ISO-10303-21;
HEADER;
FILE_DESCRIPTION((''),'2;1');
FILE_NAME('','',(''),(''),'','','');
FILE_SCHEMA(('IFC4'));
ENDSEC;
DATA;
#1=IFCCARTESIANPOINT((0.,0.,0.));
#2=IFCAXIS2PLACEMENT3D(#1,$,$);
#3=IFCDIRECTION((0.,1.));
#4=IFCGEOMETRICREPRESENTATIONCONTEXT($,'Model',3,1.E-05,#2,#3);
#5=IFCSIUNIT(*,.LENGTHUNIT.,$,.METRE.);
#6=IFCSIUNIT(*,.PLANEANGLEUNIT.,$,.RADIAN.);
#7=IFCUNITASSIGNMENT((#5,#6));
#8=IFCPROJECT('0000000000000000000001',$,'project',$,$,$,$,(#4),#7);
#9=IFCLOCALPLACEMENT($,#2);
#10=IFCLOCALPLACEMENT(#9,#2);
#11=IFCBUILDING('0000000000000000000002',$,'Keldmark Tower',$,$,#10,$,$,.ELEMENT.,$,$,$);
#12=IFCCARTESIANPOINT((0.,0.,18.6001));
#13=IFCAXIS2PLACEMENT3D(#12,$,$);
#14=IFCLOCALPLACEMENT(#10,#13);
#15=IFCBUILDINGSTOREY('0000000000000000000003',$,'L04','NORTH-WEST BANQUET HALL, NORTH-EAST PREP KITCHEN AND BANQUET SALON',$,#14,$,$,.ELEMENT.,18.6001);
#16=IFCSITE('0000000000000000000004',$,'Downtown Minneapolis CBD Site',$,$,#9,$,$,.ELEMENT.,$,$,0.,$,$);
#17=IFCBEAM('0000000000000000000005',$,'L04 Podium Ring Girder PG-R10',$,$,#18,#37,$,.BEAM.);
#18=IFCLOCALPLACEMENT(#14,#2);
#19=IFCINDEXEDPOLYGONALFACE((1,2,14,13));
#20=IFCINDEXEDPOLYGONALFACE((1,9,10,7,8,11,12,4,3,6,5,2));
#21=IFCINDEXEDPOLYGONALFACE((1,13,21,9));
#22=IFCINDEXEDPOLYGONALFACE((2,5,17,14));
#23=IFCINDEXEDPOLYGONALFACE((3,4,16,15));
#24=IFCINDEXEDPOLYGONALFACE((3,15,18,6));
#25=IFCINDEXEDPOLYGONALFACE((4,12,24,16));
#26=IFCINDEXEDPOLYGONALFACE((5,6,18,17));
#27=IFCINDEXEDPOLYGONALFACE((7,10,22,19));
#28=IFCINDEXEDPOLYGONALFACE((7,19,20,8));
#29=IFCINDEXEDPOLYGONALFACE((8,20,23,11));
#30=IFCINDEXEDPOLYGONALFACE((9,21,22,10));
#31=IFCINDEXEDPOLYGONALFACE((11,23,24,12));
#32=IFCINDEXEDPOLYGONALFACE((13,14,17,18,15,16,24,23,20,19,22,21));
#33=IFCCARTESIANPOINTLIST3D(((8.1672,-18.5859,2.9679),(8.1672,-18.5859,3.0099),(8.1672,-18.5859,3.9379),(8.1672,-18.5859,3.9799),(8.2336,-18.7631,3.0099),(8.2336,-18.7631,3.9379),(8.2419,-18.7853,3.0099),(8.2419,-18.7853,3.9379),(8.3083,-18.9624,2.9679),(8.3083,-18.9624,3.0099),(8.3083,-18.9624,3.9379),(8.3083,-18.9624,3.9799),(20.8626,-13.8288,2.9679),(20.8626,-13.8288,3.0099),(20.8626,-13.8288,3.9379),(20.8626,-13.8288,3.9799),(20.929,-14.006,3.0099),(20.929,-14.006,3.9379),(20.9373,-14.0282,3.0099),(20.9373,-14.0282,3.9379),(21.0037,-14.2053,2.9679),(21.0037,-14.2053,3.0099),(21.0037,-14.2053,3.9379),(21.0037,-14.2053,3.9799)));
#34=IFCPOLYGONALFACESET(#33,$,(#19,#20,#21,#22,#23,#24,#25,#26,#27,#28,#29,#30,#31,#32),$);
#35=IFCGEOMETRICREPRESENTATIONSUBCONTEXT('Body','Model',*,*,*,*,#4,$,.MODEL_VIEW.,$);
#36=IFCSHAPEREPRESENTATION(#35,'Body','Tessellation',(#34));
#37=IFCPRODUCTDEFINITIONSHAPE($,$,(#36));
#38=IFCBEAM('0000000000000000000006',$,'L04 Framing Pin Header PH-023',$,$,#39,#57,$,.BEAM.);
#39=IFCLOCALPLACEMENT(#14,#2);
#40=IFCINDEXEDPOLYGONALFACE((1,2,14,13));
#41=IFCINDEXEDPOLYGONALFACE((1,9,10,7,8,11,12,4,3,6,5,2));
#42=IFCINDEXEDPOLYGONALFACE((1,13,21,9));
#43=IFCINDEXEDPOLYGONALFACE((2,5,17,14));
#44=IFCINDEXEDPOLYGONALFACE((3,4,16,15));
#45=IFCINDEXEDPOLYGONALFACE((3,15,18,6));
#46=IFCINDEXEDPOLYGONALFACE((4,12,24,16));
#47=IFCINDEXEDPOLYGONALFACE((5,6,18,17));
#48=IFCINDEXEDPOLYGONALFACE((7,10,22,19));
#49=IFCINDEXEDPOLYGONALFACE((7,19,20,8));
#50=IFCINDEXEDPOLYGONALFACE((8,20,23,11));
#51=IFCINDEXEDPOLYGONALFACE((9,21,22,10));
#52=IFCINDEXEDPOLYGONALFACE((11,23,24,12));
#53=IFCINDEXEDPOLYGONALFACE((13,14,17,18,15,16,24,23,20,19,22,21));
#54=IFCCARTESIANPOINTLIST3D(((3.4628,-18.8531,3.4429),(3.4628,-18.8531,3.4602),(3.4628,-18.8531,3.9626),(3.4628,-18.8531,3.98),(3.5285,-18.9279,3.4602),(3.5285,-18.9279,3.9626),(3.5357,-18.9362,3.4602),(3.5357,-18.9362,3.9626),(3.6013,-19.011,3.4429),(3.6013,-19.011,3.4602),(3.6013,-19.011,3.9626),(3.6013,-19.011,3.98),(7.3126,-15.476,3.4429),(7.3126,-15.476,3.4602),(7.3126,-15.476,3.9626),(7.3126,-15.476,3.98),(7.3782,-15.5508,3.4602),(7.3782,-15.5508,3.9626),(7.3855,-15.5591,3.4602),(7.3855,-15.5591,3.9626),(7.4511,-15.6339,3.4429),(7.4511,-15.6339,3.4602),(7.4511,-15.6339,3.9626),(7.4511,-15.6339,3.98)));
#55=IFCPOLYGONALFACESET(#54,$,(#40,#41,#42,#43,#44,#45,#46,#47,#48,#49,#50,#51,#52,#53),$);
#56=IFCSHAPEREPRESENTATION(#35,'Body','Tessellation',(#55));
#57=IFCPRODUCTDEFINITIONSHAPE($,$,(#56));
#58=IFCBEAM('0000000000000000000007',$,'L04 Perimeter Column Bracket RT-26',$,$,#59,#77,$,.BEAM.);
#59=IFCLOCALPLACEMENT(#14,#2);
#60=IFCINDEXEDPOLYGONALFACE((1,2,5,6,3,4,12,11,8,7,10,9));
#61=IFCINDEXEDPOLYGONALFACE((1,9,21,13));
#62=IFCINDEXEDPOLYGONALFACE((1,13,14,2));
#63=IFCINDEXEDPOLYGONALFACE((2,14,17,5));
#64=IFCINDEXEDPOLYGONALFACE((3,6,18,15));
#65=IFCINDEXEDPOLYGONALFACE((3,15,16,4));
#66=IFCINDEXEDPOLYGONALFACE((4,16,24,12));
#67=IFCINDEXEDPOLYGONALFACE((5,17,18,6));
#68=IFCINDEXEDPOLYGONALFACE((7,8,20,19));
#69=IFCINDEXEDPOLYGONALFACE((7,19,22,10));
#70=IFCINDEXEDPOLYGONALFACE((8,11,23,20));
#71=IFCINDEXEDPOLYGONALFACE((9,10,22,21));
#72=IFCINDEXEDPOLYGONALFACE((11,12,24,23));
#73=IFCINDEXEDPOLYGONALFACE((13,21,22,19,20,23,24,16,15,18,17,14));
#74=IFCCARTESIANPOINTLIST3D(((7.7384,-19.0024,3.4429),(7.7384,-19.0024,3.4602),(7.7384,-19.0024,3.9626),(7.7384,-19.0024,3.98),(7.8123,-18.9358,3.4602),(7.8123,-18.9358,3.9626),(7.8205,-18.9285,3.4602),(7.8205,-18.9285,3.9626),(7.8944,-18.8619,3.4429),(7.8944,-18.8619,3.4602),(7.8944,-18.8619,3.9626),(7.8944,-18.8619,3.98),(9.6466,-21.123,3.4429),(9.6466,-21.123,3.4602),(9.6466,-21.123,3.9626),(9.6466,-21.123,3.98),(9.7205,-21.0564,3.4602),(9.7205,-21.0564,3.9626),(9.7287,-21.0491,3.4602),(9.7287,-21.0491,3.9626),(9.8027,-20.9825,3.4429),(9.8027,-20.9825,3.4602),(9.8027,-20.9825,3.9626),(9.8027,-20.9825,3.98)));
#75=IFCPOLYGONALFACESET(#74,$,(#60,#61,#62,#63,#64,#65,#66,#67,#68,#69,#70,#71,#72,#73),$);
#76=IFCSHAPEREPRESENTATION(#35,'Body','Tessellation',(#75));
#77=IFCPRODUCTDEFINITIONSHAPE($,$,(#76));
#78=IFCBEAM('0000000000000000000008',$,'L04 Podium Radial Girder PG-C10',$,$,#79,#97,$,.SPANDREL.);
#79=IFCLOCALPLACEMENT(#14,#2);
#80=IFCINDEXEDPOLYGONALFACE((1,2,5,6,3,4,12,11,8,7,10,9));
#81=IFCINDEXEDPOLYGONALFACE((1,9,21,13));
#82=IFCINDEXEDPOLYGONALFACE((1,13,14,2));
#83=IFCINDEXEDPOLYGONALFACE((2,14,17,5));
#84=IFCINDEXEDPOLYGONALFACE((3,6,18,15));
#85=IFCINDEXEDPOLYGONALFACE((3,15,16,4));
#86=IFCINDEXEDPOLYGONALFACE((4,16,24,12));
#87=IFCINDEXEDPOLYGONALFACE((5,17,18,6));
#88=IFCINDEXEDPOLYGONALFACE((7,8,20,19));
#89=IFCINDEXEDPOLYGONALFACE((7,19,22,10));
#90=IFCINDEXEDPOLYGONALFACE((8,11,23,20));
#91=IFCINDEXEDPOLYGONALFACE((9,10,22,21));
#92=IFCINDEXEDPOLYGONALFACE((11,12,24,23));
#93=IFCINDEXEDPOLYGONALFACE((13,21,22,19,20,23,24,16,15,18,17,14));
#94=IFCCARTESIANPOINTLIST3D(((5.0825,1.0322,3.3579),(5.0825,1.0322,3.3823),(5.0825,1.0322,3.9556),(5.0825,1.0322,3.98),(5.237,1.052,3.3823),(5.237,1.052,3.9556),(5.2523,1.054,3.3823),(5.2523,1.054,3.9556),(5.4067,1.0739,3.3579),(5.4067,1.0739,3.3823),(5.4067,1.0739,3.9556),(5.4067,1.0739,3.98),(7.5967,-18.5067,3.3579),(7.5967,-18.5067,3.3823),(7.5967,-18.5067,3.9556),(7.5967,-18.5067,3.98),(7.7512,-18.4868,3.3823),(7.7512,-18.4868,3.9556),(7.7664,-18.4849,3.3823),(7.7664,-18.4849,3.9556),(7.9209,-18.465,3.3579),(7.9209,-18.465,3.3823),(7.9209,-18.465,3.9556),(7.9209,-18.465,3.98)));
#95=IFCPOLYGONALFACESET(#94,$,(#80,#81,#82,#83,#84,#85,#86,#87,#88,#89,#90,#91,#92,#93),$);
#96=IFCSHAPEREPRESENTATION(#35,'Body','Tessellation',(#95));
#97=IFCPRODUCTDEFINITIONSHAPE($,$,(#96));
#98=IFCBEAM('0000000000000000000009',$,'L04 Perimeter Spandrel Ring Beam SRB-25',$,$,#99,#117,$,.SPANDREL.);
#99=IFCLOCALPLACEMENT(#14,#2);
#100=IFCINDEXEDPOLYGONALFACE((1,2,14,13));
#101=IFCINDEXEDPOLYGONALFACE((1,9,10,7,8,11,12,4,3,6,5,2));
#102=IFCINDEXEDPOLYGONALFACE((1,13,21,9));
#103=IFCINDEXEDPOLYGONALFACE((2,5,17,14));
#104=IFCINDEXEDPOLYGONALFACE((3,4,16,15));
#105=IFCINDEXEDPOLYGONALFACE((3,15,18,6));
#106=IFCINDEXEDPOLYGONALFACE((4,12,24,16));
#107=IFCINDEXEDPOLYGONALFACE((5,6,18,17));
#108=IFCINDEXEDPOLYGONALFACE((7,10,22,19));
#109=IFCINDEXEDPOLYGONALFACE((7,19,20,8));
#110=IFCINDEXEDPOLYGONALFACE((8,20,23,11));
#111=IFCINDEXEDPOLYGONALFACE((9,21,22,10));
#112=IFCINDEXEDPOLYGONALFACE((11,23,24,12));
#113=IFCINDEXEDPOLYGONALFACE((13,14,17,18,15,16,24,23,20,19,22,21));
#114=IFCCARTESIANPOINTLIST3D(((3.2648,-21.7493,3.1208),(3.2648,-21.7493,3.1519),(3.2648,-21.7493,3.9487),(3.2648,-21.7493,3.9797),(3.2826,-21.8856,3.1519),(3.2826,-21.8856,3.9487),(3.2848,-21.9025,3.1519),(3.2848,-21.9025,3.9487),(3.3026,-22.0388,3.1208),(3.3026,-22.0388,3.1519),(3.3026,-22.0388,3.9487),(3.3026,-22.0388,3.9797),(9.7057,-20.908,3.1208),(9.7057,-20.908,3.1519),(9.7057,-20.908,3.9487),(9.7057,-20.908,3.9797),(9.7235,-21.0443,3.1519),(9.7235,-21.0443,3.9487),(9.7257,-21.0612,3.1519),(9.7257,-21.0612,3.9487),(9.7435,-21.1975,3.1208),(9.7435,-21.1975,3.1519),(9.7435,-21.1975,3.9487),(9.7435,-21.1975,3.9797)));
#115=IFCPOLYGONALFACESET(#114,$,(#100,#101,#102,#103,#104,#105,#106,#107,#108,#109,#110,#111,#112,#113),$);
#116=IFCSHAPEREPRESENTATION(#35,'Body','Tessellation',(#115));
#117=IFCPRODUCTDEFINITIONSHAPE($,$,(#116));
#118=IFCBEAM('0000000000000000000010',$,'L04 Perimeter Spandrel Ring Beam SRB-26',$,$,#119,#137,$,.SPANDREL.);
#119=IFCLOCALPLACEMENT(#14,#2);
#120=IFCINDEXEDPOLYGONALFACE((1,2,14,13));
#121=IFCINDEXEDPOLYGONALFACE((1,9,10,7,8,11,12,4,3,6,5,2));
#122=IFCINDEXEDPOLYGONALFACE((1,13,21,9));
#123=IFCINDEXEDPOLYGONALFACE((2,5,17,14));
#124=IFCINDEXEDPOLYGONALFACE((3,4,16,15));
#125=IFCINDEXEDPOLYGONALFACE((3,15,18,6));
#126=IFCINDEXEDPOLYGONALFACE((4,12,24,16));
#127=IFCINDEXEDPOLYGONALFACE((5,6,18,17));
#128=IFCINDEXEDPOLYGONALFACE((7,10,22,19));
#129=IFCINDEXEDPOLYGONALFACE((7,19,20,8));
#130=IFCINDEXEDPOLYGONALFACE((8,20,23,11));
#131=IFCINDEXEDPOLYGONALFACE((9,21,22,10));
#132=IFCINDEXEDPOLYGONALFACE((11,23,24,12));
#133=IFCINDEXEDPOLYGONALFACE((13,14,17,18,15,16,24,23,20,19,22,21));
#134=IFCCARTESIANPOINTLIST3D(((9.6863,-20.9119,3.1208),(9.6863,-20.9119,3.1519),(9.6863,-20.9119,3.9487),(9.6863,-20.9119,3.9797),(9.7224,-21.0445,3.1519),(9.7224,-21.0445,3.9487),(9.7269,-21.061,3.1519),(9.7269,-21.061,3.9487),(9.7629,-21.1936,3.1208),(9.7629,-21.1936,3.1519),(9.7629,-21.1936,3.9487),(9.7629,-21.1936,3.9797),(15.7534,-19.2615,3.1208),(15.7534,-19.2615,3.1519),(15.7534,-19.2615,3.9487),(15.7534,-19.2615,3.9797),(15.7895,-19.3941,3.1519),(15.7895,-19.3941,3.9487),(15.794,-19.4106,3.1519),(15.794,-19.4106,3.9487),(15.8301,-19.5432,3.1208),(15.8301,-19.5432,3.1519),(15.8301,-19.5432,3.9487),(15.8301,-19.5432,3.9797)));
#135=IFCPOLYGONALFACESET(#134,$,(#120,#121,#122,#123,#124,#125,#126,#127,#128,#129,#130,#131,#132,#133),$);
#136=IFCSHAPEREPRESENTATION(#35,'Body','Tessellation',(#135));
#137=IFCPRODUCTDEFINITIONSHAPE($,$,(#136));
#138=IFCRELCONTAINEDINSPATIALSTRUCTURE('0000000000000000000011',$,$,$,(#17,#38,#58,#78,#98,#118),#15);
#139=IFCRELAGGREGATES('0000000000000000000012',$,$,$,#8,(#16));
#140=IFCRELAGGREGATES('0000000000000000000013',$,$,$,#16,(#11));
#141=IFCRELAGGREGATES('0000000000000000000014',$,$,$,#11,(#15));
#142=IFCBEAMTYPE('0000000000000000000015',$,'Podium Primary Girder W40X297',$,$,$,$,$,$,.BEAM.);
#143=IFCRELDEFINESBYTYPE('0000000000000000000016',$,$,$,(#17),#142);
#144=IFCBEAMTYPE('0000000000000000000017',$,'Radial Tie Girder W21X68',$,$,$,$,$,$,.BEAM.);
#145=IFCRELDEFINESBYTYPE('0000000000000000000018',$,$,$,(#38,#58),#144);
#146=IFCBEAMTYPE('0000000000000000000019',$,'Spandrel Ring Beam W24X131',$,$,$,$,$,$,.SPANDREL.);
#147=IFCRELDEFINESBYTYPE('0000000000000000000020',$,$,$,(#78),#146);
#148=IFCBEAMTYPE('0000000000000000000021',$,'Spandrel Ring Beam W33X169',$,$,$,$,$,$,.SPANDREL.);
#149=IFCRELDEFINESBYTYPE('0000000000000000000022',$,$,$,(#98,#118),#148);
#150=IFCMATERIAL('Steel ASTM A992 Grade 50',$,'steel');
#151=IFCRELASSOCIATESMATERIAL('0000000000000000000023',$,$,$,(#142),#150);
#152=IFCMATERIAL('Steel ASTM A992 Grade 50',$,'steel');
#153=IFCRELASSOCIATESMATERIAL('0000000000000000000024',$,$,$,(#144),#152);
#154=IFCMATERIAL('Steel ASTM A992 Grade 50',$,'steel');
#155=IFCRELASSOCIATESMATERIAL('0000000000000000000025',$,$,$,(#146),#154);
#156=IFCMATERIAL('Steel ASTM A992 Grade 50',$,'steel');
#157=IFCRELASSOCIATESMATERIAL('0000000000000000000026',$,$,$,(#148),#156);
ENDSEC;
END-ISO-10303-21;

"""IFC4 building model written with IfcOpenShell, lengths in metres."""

from ifc_helpers import new_model, si_unit, direction, frame, origin, origin_2d, place, context, subcontext, project, spatial, i_section, extrude, material, material_profile, profile_set, type_object, element, save


model = new_model("IFC4")

# Units and contexts
model_context = context("Model", 3, precision=1e-05, world=origin(), true_north=direction((0.0, 1.0)))
body_context = subcontext(model_context, "Body", "Model", "MODEL_VIEW")
ifc_project = project(units=[si_unit("LENGTHUNIT", "METRE"), si_unit("PLANEANGLEUNIT", "RADIAN")], contexts=[model_context])

# Site, building, storey
site_placement = place(None, origin())
site = spatial("IfcSite", under=ifc_project, at=site_placement, Name="Downtown Minneapolis CBD Site", CompositionType="ELEMENT", RefElevation=0.0)
building_placement = place(site_placement, origin())
building = spatial("IfcBuilding", under=site, at=building_placement, Name="Keldmark Tower", CompositionType="ELEMENT")
storey_placement = place(building_placement, frame((0.0, 0.0, 18.6001)))
storey = spatial("IfcBuildingStorey", under=building, at=storey_placement, Name="L04", Description="NORTH-WEST BANQUET HALL, NORTH-EAST PREP KITCHEN AND BANQUET SALON", CompositionType="ELEMENT", Elevation=18.6001)

# Beams
ifc_material_1 = material(Name="Steel ASTM A992 Grade 50", Category="steel")
ifc_material_profile_1 = material_profile(ifc_material_1, i_section(OverallWidth=0.4021, OverallDepth=1.012, WebThickness=0.0237, FlangeThickness=0.042, at=origin_2d()), Name="W40X297")
ifc_profile_set_1 = profile_set([ifc_material_profile_1], Name="Steel ASTM A992 Grade 50")
beam_type_1 = type_object("IfcBeamType", Name="Podium Primary Girder W40X297", PredefinedType="BEAM", material=ifc_profile_set_1)
beam_1_placement = place(storey_placement, frame((8.2378, -18.7742, 3.4739), z_axis=(0.936418, 0.350887, 0.0), x_axis=(-0.350887, 0.936418, 0.0)))
element("IfcBeam", 1, at=beam_1_placement, inside=storey, type_object=beam_type_1, Name="L04 Podium Ring Girder PG-R10", PredefinedType="BEAM", context=body_context, shape_type="SweptSolid", body=[
    extrude(i_section(OverallWidth=0.4021, OverallDepth=1.012, WebThickness=0.0237, FlangeThickness=0.042, at=origin_2d()), origin(), (0.0, 0.0, 1.0), 13.5574),
])
ifc_material_2 = material(Name="Steel ASTM A992 Grade 50", Category="steel")
ifc_material_profile_2 = material_profile(ifc_material_2, i_section(OverallWidth=0.21, OverallDepth=0.5371, WebThickness=0.011, FlangeThickness=0.0173, at=origin_2d()), Name="W21X68")
ifc_profile_set_2 = profile_set([ifc_material_profile_2], Name="Steel ASTM A992 Grade 50")
beam_type_2 = type_object("IfcBeamType", Name="Radial Tie Girder W21X68", PredefinedType="BEAM", material=ifc_profile_set_2)
beam_2_placement = place(storey_placement, frame((7.3818, -15.5549, 3.7114), z_axis=(-0.751746, -0.659452, 0.0), x_axis=(0.659452, -0.751746, 0.0)))
element("IfcBeam", 2, at=beam_2_placement, inside=storey, type_object=beam_type_2, Name="L04 Framing Pin Header PH-023", PredefinedType="BEAM", context=body_context, shape_type="SweptSolid", body=[
    extrude(i_section(OverallWidth=0.21, OverallDepth=0.5371, WebThickness=0.011, FlangeThickness=0.0173, at=origin_2d()), origin(), (0.0, 0.0, 1.0), 5.1211),
])
beam_3_placement = place(storey_placement, frame((7.8164, -18.9321, 3.7114), z_axis=(0.668899, -0.743354, 0.0), x_axis=(0.743354, 0.668899, 0.0)))
element("IfcBeam", 3, at=beam_3_placement, inside=storey, type_object=beam_type_2, Name="L04 Perimeter Column Bracket RT-26", PredefinedType="BEAM", context=body_context, shape_type="SweptSolid", body=[
    extrude(i_section(OverallWidth=0.21, OverallDepth=0.5371, WebThickness=0.011, FlangeThickness=0.0173, at=origin_2d()), origin(), (0.0, 0.0, 1.0), 2.8528),
])
ifc_material_3 = material(Name="Steel ASTM A992 Grade 50", Category="steel")
ifc_material_profile_3 = material_profile(ifc_material_3, i_section(OverallWidth=0.3269, OverallDepth=0.6221, WebThickness=0.0154, FlangeThickness=0.0244, at=origin_2d()), Name="W24X131")
ifc_profile_set_3 = profile_set([ifc_material_profile_3], Name="Steel ASTM A992 Grade 50")
beam_type_3 = type_object("IfcBeamType", Name="Spandrel Ring Beam W24X131", PredefinedType="SPANDREL", material=ifc_profile_set_3)
beam_4_placement = place(storey_placement, frame((7.7588, -18.4858, 3.6689), z_axis=(-0.127623, 0.991823, 0.0), x_axis=(-0.991823, -0.127623, 0.0)))
element("IfcBeam", 4, at=beam_4_placement, inside=storey, type_object=beam_type_3, Name="L04 Podium Radial Girder PG-C10", PredefinedType="SPANDREL", context=body_context, shape_type="SweptSolid", body=[
    extrude(i_section(OverallWidth=0.3269, OverallDepth=0.6221, WebThickness=0.0154, FlangeThickness=0.0244, at=origin_2d()), origin(), (0.0, 0.0, 1.0), 19.7),
])
ifc_material_4 = material(Name="Steel ASTM A992 Grade 50", Category="steel")
ifc_material_profile_4 = material_profile(ifc_material_4, i_section(OverallWidth=0.292, OverallDepth=0.8589, WebThickness=0.0171, FlangeThickness=0.031, at=origin_2d()), Name="W33X169")
ifc_profile_set_4 = profile_set([ifc_material_profile_4], Name="Steel ASTM A992 Grade 50")
beam_type_4 = type_object("IfcBeamType", Name="Spandrel Ring Beam W33X169", PredefinedType="SPANDREL", material=ifc_profile_set_4)
beam_5_placement = place(storey_placement, frame((3.2837, -21.894, 3.5503), z_axis=(0.991577, 0.129519, 0.0), x_axis=(-0.129519, 0.991577, 0.0)))
element("IfcBeam", 5, at=beam_5_placement, inside=storey, type_object=beam_type_4, Name="L04 Perimeter Spandrel Ring Beam SRB-25", PredefinedType="SPANDREL", context=body_context, shape_type="SweptSolid", body=[
    extrude(i_section(OverallWidth=0.292, OverallDepth=0.8589, WebThickness=0.0171, FlangeThickness=0.031, at=origin_2d()), origin(), (0.0, 0.0, 1.0), 6.4956),
])
beam_6_placement = place(storey_placement, frame((9.7246, -21.0527, 3.5503), z_axis=(0.964937, 0.262483, 0.0), x_axis=(-0.262483, 0.964937, 0.0)))
element("IfcBeam", 6, at=beam_6_placement, inside=storey, type_object=beam_type_4, Name="L04 Perimeter Spandrel Ring Beam SRB-26", PredefinedType="SPANDREL", context=body_context, shape_type="SweptSolid", body=[
    extrude(i_section(OverallWidth=0.292, OverallDepth=0.8589, WebThickness=0.0171, FlangeThickness=0.031, at=origin_2d()), origin(), (0.0, 0.0, 1.0), 6.2876),
])

save(model, "model.ifc")
